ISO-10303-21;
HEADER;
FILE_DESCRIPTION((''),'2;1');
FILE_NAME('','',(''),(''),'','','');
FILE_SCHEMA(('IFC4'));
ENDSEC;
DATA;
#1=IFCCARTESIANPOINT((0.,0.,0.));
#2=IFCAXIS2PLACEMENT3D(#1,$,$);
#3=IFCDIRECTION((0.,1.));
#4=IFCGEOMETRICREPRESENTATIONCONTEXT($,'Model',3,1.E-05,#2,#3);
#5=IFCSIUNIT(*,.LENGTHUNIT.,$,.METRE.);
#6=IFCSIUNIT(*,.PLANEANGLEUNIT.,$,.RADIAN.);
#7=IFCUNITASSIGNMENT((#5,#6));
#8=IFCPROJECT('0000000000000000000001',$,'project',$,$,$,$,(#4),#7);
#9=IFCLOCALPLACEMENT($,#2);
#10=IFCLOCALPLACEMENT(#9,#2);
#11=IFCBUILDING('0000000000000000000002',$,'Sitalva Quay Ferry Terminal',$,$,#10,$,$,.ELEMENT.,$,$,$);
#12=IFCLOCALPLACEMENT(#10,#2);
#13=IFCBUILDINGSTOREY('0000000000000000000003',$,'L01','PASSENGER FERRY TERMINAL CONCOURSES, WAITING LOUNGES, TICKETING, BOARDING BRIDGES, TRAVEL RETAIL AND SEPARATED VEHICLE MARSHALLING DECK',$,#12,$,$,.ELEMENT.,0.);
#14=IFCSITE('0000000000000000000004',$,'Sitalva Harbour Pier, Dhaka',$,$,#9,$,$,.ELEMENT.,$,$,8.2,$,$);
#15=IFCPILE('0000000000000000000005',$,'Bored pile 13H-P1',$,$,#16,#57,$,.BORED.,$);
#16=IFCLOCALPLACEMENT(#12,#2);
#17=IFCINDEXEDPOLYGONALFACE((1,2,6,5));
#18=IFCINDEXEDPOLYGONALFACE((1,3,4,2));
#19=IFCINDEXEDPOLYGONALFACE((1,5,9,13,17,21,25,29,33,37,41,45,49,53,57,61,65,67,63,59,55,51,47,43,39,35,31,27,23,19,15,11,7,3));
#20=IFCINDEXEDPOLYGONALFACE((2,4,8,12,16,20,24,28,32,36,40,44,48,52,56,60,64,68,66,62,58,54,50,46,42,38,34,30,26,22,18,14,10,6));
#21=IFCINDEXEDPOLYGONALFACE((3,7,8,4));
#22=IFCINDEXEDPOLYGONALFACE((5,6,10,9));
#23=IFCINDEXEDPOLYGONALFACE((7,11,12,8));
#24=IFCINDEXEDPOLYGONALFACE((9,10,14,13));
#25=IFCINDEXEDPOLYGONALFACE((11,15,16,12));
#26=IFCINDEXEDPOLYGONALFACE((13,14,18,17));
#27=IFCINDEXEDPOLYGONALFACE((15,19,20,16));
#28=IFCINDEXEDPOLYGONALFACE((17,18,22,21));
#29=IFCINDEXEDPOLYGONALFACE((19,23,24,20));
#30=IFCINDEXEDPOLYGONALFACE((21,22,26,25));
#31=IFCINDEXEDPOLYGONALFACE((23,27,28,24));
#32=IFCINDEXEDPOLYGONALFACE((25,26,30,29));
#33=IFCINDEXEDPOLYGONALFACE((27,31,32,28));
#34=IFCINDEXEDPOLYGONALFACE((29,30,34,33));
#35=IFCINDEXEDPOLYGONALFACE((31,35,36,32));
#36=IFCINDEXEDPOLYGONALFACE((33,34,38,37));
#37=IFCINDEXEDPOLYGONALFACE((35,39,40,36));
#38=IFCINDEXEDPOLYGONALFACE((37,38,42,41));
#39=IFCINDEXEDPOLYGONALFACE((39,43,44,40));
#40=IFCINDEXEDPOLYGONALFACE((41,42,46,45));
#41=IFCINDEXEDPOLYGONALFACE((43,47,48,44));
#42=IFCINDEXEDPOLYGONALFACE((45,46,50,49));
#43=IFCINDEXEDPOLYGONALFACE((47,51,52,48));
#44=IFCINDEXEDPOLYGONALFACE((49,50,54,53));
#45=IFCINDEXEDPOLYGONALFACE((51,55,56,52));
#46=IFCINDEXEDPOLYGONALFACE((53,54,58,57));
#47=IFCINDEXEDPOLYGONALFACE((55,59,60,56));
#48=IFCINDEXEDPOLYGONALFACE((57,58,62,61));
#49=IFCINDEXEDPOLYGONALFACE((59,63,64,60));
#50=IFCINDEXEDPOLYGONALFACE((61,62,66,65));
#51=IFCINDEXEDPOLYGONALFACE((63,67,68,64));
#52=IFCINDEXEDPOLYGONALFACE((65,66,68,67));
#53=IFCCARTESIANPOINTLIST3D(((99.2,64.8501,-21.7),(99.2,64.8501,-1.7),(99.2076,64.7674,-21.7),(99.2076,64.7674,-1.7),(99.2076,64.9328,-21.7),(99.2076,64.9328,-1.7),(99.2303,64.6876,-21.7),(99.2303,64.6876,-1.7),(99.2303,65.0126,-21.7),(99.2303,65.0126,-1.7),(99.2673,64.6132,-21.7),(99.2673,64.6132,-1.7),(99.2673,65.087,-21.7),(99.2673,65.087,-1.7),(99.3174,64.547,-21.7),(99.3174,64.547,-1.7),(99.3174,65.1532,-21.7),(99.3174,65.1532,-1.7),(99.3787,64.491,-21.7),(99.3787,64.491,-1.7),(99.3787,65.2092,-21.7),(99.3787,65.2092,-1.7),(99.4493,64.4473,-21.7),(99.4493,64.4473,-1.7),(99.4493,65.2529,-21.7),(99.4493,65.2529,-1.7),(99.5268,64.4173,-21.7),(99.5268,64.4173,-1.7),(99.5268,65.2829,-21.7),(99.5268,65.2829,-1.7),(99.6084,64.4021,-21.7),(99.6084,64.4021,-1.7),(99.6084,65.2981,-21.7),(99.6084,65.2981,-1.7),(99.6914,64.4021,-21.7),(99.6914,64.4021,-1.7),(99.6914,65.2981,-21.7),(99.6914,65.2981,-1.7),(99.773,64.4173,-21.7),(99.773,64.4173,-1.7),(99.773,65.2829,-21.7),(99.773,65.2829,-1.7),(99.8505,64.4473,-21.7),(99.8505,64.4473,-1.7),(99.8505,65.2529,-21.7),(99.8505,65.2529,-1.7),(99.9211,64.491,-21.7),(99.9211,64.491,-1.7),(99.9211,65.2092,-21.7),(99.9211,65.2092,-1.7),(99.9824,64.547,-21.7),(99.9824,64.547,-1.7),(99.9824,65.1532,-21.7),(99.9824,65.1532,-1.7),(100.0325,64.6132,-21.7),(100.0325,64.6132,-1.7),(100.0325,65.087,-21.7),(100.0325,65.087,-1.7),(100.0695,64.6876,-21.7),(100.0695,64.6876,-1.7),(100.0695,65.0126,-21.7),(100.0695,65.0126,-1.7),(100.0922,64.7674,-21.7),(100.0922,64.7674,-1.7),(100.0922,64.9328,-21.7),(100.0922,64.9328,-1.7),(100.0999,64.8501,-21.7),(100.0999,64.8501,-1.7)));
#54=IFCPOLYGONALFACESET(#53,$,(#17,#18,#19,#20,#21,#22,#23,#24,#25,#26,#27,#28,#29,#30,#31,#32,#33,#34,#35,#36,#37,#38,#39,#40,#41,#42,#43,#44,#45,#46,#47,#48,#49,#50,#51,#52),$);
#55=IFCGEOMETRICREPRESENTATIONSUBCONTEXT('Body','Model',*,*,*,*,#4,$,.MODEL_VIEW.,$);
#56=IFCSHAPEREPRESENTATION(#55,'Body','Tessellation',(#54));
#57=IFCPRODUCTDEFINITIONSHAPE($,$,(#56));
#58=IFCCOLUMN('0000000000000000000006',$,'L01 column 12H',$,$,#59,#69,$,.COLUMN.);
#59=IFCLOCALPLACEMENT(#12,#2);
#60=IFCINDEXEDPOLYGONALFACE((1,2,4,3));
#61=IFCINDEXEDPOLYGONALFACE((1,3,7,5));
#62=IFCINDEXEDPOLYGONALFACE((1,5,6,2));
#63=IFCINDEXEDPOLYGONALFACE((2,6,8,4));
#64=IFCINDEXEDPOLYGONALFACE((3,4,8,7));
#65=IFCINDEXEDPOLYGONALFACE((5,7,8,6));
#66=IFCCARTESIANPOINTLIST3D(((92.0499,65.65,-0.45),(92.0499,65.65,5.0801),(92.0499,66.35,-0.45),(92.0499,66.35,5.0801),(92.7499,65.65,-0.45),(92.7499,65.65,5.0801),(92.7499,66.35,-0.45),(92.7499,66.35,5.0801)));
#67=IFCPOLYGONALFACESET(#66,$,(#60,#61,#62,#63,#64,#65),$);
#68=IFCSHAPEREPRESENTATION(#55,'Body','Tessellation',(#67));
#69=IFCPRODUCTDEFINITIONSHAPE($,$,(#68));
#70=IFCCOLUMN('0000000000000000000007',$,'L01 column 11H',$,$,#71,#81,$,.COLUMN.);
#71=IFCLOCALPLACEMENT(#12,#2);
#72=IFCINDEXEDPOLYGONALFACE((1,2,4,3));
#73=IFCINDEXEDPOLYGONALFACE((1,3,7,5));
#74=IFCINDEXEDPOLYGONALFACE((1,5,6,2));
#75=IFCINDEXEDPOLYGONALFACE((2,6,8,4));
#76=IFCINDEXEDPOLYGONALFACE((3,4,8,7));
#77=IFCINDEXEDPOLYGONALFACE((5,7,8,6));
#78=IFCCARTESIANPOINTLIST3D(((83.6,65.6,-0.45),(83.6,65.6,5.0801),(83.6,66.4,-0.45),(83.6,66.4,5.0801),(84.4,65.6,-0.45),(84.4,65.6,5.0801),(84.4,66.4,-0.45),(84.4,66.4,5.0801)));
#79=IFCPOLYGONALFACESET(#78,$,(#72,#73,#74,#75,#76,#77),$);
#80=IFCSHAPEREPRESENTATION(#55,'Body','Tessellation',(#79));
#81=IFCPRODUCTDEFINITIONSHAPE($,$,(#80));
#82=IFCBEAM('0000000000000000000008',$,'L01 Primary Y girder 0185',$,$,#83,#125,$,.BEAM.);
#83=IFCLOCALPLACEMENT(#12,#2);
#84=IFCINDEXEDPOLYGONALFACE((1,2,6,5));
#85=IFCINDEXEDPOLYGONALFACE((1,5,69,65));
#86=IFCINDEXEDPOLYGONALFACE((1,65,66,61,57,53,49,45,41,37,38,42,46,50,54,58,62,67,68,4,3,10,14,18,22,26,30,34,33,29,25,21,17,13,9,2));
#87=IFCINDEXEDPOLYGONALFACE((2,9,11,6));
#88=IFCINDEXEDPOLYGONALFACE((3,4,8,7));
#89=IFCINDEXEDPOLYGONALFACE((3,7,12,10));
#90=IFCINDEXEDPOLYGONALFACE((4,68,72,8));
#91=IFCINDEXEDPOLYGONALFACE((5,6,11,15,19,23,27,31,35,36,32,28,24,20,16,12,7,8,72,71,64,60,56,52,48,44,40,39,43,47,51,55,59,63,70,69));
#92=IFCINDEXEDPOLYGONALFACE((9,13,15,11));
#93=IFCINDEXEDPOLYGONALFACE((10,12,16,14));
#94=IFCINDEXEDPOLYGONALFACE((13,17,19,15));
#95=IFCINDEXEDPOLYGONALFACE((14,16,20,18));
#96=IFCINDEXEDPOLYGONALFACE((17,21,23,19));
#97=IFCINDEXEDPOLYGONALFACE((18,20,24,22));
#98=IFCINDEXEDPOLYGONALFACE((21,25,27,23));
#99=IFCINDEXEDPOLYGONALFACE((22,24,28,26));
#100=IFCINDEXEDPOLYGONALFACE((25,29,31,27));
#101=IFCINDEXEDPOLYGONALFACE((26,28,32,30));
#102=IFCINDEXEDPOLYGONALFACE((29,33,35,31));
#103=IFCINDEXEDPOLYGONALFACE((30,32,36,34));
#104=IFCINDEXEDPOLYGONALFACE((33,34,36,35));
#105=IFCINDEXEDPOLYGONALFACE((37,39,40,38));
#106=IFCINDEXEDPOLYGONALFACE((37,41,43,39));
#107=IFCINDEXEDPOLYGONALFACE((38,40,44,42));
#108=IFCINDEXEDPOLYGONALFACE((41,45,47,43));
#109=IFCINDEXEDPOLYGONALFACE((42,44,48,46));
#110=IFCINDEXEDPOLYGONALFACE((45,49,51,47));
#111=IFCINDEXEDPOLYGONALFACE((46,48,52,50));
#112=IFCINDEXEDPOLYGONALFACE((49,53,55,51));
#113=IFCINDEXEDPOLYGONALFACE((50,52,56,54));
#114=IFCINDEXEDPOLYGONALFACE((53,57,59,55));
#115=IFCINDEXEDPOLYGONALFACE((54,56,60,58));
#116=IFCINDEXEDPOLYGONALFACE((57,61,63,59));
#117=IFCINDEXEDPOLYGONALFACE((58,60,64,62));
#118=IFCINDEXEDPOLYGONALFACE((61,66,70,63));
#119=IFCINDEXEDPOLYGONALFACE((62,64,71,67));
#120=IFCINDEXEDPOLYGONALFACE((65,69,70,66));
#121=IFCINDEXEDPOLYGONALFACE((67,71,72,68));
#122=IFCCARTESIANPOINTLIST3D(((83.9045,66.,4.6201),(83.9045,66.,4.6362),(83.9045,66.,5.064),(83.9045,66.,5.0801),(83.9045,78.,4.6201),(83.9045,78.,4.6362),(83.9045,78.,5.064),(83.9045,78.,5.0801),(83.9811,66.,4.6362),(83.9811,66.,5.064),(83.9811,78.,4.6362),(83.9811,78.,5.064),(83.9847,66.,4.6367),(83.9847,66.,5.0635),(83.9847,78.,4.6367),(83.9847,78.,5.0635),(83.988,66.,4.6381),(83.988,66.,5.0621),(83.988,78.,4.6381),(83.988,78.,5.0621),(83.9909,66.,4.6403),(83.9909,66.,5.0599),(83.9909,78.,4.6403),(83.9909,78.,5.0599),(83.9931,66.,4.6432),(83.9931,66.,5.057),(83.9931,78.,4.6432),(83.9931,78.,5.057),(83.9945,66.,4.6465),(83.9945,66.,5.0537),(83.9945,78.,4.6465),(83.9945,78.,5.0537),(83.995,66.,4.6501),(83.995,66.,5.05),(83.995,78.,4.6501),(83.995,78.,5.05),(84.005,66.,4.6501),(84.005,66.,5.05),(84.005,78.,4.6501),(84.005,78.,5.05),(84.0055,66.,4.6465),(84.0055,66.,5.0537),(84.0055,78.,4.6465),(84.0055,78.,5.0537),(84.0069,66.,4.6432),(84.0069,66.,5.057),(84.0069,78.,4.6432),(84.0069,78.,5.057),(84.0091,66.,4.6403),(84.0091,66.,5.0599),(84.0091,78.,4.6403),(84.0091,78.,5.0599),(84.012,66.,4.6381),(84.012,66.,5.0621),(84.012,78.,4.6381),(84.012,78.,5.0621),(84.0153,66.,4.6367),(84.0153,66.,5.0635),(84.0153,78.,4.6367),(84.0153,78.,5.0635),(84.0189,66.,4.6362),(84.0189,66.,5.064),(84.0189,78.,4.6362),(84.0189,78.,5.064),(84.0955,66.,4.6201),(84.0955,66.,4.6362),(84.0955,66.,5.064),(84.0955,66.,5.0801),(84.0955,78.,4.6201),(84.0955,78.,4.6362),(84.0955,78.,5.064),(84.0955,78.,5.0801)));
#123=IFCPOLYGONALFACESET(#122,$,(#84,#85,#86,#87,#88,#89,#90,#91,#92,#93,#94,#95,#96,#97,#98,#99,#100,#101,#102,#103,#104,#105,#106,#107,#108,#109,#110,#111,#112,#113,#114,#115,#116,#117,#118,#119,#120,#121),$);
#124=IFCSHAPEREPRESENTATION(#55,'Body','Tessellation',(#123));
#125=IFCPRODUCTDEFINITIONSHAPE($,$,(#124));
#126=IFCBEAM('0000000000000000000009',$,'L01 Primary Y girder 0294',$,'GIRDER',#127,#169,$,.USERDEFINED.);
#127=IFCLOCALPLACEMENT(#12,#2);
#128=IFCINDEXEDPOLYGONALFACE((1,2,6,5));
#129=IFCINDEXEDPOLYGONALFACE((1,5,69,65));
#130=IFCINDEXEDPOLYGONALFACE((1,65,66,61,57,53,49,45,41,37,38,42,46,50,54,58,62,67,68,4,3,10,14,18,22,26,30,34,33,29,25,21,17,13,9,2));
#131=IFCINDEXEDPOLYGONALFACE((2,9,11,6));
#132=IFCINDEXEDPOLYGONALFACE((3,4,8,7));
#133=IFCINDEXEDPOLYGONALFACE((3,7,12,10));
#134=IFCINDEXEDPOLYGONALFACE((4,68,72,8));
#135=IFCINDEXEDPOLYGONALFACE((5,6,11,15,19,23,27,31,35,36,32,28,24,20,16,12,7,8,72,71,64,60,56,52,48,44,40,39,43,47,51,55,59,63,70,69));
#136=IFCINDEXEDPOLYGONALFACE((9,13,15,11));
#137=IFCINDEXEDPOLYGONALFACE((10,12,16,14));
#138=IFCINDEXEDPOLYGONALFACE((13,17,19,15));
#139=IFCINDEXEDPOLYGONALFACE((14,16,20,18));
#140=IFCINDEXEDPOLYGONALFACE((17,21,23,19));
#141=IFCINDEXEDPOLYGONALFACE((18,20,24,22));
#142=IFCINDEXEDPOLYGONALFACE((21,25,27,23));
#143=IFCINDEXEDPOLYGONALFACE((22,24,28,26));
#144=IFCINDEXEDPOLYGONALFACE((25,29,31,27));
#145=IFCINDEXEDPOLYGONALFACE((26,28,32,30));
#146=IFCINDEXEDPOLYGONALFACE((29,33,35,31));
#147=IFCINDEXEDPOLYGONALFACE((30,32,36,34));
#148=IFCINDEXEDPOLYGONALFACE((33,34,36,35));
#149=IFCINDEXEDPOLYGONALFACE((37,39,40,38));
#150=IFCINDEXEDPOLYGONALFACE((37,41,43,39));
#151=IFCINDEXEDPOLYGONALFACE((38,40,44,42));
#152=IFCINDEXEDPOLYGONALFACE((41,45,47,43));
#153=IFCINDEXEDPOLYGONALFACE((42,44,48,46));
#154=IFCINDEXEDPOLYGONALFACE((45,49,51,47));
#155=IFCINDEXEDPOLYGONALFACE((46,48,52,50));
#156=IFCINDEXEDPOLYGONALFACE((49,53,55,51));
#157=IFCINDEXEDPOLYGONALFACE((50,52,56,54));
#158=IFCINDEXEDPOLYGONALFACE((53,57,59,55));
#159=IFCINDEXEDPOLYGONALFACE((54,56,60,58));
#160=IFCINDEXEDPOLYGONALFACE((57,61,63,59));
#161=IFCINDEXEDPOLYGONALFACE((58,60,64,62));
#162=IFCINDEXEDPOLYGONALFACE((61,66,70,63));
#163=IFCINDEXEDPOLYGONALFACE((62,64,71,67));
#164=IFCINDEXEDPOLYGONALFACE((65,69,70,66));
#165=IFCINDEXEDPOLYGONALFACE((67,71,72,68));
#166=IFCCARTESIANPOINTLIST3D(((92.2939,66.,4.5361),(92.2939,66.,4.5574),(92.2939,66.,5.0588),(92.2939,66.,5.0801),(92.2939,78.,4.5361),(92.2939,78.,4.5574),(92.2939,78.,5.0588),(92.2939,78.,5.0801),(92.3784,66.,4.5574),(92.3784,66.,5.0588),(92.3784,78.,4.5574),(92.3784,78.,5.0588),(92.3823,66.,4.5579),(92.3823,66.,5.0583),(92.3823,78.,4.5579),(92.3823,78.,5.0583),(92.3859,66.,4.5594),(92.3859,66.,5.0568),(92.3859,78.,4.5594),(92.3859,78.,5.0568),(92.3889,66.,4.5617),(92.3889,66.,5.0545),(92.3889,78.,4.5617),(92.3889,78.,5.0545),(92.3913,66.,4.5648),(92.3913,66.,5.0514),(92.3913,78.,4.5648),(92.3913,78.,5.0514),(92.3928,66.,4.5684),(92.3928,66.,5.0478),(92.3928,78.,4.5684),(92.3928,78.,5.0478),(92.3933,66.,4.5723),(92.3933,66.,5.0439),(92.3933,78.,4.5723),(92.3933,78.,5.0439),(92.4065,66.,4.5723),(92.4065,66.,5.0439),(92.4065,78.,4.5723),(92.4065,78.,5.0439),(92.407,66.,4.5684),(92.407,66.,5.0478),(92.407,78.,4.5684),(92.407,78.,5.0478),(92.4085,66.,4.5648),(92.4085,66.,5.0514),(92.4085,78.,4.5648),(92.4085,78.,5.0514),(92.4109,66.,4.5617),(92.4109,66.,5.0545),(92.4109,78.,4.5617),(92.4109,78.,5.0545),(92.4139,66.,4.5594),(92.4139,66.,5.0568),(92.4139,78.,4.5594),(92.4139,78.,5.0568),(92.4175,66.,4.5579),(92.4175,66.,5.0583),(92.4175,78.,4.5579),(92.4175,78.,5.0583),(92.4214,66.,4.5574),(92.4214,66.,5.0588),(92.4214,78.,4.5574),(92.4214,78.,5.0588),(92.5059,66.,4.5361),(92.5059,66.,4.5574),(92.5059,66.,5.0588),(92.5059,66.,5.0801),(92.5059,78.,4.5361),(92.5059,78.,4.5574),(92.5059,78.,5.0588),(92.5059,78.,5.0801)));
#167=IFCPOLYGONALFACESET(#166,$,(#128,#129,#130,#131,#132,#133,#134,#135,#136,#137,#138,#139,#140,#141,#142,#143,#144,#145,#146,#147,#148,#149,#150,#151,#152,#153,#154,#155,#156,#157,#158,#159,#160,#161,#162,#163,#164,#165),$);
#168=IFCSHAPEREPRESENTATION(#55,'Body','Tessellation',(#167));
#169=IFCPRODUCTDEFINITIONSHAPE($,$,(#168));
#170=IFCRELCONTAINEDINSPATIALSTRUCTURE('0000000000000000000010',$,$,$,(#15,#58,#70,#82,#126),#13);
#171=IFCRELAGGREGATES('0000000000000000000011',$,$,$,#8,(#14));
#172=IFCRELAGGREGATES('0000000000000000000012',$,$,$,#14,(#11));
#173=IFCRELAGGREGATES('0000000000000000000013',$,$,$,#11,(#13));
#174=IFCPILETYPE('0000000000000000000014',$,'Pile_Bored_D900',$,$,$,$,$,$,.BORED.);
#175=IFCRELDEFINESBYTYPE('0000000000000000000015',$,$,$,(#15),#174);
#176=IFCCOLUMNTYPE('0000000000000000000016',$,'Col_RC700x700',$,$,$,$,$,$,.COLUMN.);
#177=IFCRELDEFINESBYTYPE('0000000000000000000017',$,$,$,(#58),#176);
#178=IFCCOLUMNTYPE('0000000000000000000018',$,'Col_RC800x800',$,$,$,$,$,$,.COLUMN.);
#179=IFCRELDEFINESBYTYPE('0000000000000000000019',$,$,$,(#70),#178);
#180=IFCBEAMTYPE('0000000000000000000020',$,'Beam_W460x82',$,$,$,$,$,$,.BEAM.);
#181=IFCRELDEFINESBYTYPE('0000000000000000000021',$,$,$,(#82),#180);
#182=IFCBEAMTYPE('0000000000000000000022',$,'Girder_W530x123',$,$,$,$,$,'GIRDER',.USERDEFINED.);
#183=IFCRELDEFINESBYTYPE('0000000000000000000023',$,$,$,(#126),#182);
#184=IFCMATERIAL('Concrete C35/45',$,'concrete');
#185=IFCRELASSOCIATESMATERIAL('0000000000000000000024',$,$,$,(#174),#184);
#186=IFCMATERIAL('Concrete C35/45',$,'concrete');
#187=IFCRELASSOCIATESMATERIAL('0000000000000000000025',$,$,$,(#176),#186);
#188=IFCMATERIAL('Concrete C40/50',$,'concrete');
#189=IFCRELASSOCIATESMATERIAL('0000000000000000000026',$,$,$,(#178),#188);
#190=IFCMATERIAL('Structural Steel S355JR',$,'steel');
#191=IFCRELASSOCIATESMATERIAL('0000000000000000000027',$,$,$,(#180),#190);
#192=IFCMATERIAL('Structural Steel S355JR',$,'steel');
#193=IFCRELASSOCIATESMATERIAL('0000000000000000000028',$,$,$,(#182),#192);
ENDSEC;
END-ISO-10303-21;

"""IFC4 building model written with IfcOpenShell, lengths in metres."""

from ifc_helpers import new_model, si_unit, direction, frame, origin, origin_2d, place, context, subcontext, project, spatial, rectangle, circle, i_section, extrude, material, material_profile, profile_set, type_object, element, save


model = new_model("IFC4")

# Units and contexts
model_context = context("Model", 3, precision=1e-05, world=origin(), true_north=direction((0.0, 1.0)))
body_context = subcontext(model_context, "Body", "Model", "MODEL_VIEW")
ifc_project = project(units=[si_unit("LENGTHUNIT", "METRE"), si_unit("PLANEANGLEUNIT", "RADIAN")], contexts=[model_context])

# Site, building, storey
site_placement = place(None, origin())
site = spatial("IfcSite", under=ifc_project, at=site_placement, Name="Sitalva Harbour Pier, Dhaka", CompositionType="ELEMENT", RefElevation=8.2)
building_placement = place(site_placement, origin())
building = spatial("IfcBuilding", under=site, at=building_placement, Name="Sitalva Quay Ferry Terminal", CompositionType="ELEMENT")
storey_placement = place(building_placement, origin())
storey = spatial("IfcBuildingStorey", under=building, at=storey_placement, Name="L01", Description="PASSENGER FERRY TERMINAL CONCOURSES, WAITING LOUNGES, TICKETING, BOARDING BRIDGES, TRAVEL RETAIL AND SEPARATED VEHICLE MARSHALLING DECK", CompositionType="ELEMENT", Elevation=0.0)

# Pile
ifc_material_1 = material(Name="Concrete C35/45", Category="concrete")
ifc_material_profile_1 = material_profile(ifc_material_1, circle(Radius=0.45, at=origin_2d()), Name="PILE-D900")
ifc_profile_set_1 = profile_set([ifc_material_profile_1], Name="Concrete C35/45")
pile_type_1 = type_object("IfcPileType", Name="Pile_Bored_D900", PredefinedType="BORED", material=ifc_profile_set_1)
for number, where, z_axis, x_axis, name in (
    (1, (99.6499, 64.8501, -1.7), (0.0, 0.0, -1.0), (1.0, 0.0, 0.0), "Bored pile 13H-P1"),
):
    element("IfcPile", number, at=place(storey_placement, frame(where, z_axis=z_axis, x_axis=x_axis)), inside=storey, type_object=pile_type_1, Name=name, PredefinedType="BORED", context=body_context, shape_type="SweptSolid", body=[
        extrude(circle(Radius=0.45, at=origin_2d()), origin(), (0.0, 0.0, 1.0), 20.0),
    ])

# Columns
ifc_material_2 = material(Name="Concrete C35/45", Category="concrete")
ifc_material_profile_2 = material_profile(ifc_material_2, rectangle(XDim=0.7, YDim=0.7, at=origin_2d()), Name="RC700x700")
ifc_profile_set_2 = profile_set([ifc_material_profile_2], Name="Concrete C35/45")
column_type_1 = type_object("IfcColumnType", Name="Col_RC700x700", PredefinedType="COLUMN", material=ifc_profile_set_2)
column_1_placement = place(storey_placement, frame((92.3999, 66.0, -0.45), z_axis=(0.0, 0.0, 1.0), x_axis=(1.0, 0.0, 0.0)))
element("IfcColumn", 2, at=column_1_placement, inside=storey, type_object=column_type_1, Name="L01 column 12H", PredefinedType="COLUMN", context=body_context, shape_type="SweptSolid", body=[
    extrude(rectangle(XDim=0.7, YDim=0.7, at=origin_2d()), origin(), (0.0, 0.0, 1.0), 5.53),
])
ifc_material_3 = material(Name="Concrete C40/50", Category="concrete")
ifc_material_profile_3 = material_profile(ifc_material_3, rectangle(XDim=0.8, YDim=0.8, at=origin_2d()), Name="RC800x800")
ifc_profile_set_3 = profile_set([ifc_material_profile_3], Name="Concrete C40/50")
column_type_2 = type_object("IfcColumnType", Name="Col_RC800x800", PredefinedType="COLUMN", material=ifc_profile_set_3)
column_2_placement = place(storey_placement, frame((84.0, 66.0, -0.45), z_axis=(0.0, 0.0, 1.0), x_axis=(1.0, 0.0, 0.0)))
element("IfcColumn", 3, at=column_2_placement, inside=storey, type_object=column_type_2, Name="L01 column 11H", PredefinedType="COLUMN", context=body_context, shape_type="SweptSolid", body=[
    extrude(rectangle(XDim=0.8, YDim=0.8, at=origin_2d()), origin(), (0.0, 0.0, 1.0), 5.53),
])

# Beams
ifc_material_4 = material(Name="Structural Steel S355JR", Category="steel")
ifc_material_profile_4 = material_profile(ifc_material_4, i_section(OverallWidth=0.1909, OverallDepth=0.46, WebThickness=0.01, FlangeThickness=0.0161, FilletRadius=0.0139, at=origin_2d()), Name="W460x82")
ifc_profile_set_4 = profile_set([ifc_material_profile_4], Name="Structural Steel S355JR")
beam_type_1 = type_object("IfcBeamType", Name="Beam_W460x82", PredefinedType="BEAM", material=ifc_profile_set_4)
beam_1_placement = place(storey_placement, frame((84.0, 66.0, 4.8501), z_axis=(0.0, 1.0, 0.0), x_axis=(-1.0, 0.0, 0.0)))
element("IfcBeam", 4, at=beam_1_placement, inside=storey, type_object=beam_type_1, Name="L01 Primary Y girder 0185", PredefinedType="BEAM", context=body_context, shape_type="SweptSolid", body=[
    extrude(i_section(OverallWidth=0.1909, OverallDepth=0.46, WebThickness=0.01, FlangeThickness=0.0161, FilletRadius=0.0139, at=origin_2d()), origin(), (0.0, 0.0, 1.0), 12.0),
])
ifc_material_5 = material(Name="Structural Steel S355JR", Category="steel")
ifc_material_profile_5 = material_profile(ifc_material_5, i_section(OverallWidth=0.2119, OverallDepth=0.5439, WebThickness=0.0132, FlangeThickness=0.0212, FilletRadius=0.0149, at=origin_2d()), Name="W530x123")
ifc_profile_set_5 = profile_set([ifc_material_profile_5], Name="Structural Steel S355JR")
beam_type_2 = type_object("IfcBeamType", Name="Girder_W530x123", ElementType="GIRDER", PredefinedType="USERDEFINED", material=ifc_profile_set_5)
beam_2_placement = place(storey_placement, frame((92.3999, 66.0, 4.8081), z_axis=(0.0, 1.0, 0.0), x_axis=(-1.0, 0.0, 0.0)))
element("IfcBeam", 5, at=beam_2_placement, inside=storey, type_object=beam_type_2, Name="L01 Primary Y girder 0294", ObjectType="GIRDER", PredefinedType="USERDEFINED", context=body_context, shape_type="SweptSolid", body=[
    extrude(i_section(OverallWidth=0.2119, OverallDepth=0.5439, WebThickness=0.0132, FlangeThickness=0.0212, FilletRadius=0.0149, at=origin_2d()), origin(), (0.0, 0.0, 1.0), 12.0),
])

save(model, "model.ifc")
